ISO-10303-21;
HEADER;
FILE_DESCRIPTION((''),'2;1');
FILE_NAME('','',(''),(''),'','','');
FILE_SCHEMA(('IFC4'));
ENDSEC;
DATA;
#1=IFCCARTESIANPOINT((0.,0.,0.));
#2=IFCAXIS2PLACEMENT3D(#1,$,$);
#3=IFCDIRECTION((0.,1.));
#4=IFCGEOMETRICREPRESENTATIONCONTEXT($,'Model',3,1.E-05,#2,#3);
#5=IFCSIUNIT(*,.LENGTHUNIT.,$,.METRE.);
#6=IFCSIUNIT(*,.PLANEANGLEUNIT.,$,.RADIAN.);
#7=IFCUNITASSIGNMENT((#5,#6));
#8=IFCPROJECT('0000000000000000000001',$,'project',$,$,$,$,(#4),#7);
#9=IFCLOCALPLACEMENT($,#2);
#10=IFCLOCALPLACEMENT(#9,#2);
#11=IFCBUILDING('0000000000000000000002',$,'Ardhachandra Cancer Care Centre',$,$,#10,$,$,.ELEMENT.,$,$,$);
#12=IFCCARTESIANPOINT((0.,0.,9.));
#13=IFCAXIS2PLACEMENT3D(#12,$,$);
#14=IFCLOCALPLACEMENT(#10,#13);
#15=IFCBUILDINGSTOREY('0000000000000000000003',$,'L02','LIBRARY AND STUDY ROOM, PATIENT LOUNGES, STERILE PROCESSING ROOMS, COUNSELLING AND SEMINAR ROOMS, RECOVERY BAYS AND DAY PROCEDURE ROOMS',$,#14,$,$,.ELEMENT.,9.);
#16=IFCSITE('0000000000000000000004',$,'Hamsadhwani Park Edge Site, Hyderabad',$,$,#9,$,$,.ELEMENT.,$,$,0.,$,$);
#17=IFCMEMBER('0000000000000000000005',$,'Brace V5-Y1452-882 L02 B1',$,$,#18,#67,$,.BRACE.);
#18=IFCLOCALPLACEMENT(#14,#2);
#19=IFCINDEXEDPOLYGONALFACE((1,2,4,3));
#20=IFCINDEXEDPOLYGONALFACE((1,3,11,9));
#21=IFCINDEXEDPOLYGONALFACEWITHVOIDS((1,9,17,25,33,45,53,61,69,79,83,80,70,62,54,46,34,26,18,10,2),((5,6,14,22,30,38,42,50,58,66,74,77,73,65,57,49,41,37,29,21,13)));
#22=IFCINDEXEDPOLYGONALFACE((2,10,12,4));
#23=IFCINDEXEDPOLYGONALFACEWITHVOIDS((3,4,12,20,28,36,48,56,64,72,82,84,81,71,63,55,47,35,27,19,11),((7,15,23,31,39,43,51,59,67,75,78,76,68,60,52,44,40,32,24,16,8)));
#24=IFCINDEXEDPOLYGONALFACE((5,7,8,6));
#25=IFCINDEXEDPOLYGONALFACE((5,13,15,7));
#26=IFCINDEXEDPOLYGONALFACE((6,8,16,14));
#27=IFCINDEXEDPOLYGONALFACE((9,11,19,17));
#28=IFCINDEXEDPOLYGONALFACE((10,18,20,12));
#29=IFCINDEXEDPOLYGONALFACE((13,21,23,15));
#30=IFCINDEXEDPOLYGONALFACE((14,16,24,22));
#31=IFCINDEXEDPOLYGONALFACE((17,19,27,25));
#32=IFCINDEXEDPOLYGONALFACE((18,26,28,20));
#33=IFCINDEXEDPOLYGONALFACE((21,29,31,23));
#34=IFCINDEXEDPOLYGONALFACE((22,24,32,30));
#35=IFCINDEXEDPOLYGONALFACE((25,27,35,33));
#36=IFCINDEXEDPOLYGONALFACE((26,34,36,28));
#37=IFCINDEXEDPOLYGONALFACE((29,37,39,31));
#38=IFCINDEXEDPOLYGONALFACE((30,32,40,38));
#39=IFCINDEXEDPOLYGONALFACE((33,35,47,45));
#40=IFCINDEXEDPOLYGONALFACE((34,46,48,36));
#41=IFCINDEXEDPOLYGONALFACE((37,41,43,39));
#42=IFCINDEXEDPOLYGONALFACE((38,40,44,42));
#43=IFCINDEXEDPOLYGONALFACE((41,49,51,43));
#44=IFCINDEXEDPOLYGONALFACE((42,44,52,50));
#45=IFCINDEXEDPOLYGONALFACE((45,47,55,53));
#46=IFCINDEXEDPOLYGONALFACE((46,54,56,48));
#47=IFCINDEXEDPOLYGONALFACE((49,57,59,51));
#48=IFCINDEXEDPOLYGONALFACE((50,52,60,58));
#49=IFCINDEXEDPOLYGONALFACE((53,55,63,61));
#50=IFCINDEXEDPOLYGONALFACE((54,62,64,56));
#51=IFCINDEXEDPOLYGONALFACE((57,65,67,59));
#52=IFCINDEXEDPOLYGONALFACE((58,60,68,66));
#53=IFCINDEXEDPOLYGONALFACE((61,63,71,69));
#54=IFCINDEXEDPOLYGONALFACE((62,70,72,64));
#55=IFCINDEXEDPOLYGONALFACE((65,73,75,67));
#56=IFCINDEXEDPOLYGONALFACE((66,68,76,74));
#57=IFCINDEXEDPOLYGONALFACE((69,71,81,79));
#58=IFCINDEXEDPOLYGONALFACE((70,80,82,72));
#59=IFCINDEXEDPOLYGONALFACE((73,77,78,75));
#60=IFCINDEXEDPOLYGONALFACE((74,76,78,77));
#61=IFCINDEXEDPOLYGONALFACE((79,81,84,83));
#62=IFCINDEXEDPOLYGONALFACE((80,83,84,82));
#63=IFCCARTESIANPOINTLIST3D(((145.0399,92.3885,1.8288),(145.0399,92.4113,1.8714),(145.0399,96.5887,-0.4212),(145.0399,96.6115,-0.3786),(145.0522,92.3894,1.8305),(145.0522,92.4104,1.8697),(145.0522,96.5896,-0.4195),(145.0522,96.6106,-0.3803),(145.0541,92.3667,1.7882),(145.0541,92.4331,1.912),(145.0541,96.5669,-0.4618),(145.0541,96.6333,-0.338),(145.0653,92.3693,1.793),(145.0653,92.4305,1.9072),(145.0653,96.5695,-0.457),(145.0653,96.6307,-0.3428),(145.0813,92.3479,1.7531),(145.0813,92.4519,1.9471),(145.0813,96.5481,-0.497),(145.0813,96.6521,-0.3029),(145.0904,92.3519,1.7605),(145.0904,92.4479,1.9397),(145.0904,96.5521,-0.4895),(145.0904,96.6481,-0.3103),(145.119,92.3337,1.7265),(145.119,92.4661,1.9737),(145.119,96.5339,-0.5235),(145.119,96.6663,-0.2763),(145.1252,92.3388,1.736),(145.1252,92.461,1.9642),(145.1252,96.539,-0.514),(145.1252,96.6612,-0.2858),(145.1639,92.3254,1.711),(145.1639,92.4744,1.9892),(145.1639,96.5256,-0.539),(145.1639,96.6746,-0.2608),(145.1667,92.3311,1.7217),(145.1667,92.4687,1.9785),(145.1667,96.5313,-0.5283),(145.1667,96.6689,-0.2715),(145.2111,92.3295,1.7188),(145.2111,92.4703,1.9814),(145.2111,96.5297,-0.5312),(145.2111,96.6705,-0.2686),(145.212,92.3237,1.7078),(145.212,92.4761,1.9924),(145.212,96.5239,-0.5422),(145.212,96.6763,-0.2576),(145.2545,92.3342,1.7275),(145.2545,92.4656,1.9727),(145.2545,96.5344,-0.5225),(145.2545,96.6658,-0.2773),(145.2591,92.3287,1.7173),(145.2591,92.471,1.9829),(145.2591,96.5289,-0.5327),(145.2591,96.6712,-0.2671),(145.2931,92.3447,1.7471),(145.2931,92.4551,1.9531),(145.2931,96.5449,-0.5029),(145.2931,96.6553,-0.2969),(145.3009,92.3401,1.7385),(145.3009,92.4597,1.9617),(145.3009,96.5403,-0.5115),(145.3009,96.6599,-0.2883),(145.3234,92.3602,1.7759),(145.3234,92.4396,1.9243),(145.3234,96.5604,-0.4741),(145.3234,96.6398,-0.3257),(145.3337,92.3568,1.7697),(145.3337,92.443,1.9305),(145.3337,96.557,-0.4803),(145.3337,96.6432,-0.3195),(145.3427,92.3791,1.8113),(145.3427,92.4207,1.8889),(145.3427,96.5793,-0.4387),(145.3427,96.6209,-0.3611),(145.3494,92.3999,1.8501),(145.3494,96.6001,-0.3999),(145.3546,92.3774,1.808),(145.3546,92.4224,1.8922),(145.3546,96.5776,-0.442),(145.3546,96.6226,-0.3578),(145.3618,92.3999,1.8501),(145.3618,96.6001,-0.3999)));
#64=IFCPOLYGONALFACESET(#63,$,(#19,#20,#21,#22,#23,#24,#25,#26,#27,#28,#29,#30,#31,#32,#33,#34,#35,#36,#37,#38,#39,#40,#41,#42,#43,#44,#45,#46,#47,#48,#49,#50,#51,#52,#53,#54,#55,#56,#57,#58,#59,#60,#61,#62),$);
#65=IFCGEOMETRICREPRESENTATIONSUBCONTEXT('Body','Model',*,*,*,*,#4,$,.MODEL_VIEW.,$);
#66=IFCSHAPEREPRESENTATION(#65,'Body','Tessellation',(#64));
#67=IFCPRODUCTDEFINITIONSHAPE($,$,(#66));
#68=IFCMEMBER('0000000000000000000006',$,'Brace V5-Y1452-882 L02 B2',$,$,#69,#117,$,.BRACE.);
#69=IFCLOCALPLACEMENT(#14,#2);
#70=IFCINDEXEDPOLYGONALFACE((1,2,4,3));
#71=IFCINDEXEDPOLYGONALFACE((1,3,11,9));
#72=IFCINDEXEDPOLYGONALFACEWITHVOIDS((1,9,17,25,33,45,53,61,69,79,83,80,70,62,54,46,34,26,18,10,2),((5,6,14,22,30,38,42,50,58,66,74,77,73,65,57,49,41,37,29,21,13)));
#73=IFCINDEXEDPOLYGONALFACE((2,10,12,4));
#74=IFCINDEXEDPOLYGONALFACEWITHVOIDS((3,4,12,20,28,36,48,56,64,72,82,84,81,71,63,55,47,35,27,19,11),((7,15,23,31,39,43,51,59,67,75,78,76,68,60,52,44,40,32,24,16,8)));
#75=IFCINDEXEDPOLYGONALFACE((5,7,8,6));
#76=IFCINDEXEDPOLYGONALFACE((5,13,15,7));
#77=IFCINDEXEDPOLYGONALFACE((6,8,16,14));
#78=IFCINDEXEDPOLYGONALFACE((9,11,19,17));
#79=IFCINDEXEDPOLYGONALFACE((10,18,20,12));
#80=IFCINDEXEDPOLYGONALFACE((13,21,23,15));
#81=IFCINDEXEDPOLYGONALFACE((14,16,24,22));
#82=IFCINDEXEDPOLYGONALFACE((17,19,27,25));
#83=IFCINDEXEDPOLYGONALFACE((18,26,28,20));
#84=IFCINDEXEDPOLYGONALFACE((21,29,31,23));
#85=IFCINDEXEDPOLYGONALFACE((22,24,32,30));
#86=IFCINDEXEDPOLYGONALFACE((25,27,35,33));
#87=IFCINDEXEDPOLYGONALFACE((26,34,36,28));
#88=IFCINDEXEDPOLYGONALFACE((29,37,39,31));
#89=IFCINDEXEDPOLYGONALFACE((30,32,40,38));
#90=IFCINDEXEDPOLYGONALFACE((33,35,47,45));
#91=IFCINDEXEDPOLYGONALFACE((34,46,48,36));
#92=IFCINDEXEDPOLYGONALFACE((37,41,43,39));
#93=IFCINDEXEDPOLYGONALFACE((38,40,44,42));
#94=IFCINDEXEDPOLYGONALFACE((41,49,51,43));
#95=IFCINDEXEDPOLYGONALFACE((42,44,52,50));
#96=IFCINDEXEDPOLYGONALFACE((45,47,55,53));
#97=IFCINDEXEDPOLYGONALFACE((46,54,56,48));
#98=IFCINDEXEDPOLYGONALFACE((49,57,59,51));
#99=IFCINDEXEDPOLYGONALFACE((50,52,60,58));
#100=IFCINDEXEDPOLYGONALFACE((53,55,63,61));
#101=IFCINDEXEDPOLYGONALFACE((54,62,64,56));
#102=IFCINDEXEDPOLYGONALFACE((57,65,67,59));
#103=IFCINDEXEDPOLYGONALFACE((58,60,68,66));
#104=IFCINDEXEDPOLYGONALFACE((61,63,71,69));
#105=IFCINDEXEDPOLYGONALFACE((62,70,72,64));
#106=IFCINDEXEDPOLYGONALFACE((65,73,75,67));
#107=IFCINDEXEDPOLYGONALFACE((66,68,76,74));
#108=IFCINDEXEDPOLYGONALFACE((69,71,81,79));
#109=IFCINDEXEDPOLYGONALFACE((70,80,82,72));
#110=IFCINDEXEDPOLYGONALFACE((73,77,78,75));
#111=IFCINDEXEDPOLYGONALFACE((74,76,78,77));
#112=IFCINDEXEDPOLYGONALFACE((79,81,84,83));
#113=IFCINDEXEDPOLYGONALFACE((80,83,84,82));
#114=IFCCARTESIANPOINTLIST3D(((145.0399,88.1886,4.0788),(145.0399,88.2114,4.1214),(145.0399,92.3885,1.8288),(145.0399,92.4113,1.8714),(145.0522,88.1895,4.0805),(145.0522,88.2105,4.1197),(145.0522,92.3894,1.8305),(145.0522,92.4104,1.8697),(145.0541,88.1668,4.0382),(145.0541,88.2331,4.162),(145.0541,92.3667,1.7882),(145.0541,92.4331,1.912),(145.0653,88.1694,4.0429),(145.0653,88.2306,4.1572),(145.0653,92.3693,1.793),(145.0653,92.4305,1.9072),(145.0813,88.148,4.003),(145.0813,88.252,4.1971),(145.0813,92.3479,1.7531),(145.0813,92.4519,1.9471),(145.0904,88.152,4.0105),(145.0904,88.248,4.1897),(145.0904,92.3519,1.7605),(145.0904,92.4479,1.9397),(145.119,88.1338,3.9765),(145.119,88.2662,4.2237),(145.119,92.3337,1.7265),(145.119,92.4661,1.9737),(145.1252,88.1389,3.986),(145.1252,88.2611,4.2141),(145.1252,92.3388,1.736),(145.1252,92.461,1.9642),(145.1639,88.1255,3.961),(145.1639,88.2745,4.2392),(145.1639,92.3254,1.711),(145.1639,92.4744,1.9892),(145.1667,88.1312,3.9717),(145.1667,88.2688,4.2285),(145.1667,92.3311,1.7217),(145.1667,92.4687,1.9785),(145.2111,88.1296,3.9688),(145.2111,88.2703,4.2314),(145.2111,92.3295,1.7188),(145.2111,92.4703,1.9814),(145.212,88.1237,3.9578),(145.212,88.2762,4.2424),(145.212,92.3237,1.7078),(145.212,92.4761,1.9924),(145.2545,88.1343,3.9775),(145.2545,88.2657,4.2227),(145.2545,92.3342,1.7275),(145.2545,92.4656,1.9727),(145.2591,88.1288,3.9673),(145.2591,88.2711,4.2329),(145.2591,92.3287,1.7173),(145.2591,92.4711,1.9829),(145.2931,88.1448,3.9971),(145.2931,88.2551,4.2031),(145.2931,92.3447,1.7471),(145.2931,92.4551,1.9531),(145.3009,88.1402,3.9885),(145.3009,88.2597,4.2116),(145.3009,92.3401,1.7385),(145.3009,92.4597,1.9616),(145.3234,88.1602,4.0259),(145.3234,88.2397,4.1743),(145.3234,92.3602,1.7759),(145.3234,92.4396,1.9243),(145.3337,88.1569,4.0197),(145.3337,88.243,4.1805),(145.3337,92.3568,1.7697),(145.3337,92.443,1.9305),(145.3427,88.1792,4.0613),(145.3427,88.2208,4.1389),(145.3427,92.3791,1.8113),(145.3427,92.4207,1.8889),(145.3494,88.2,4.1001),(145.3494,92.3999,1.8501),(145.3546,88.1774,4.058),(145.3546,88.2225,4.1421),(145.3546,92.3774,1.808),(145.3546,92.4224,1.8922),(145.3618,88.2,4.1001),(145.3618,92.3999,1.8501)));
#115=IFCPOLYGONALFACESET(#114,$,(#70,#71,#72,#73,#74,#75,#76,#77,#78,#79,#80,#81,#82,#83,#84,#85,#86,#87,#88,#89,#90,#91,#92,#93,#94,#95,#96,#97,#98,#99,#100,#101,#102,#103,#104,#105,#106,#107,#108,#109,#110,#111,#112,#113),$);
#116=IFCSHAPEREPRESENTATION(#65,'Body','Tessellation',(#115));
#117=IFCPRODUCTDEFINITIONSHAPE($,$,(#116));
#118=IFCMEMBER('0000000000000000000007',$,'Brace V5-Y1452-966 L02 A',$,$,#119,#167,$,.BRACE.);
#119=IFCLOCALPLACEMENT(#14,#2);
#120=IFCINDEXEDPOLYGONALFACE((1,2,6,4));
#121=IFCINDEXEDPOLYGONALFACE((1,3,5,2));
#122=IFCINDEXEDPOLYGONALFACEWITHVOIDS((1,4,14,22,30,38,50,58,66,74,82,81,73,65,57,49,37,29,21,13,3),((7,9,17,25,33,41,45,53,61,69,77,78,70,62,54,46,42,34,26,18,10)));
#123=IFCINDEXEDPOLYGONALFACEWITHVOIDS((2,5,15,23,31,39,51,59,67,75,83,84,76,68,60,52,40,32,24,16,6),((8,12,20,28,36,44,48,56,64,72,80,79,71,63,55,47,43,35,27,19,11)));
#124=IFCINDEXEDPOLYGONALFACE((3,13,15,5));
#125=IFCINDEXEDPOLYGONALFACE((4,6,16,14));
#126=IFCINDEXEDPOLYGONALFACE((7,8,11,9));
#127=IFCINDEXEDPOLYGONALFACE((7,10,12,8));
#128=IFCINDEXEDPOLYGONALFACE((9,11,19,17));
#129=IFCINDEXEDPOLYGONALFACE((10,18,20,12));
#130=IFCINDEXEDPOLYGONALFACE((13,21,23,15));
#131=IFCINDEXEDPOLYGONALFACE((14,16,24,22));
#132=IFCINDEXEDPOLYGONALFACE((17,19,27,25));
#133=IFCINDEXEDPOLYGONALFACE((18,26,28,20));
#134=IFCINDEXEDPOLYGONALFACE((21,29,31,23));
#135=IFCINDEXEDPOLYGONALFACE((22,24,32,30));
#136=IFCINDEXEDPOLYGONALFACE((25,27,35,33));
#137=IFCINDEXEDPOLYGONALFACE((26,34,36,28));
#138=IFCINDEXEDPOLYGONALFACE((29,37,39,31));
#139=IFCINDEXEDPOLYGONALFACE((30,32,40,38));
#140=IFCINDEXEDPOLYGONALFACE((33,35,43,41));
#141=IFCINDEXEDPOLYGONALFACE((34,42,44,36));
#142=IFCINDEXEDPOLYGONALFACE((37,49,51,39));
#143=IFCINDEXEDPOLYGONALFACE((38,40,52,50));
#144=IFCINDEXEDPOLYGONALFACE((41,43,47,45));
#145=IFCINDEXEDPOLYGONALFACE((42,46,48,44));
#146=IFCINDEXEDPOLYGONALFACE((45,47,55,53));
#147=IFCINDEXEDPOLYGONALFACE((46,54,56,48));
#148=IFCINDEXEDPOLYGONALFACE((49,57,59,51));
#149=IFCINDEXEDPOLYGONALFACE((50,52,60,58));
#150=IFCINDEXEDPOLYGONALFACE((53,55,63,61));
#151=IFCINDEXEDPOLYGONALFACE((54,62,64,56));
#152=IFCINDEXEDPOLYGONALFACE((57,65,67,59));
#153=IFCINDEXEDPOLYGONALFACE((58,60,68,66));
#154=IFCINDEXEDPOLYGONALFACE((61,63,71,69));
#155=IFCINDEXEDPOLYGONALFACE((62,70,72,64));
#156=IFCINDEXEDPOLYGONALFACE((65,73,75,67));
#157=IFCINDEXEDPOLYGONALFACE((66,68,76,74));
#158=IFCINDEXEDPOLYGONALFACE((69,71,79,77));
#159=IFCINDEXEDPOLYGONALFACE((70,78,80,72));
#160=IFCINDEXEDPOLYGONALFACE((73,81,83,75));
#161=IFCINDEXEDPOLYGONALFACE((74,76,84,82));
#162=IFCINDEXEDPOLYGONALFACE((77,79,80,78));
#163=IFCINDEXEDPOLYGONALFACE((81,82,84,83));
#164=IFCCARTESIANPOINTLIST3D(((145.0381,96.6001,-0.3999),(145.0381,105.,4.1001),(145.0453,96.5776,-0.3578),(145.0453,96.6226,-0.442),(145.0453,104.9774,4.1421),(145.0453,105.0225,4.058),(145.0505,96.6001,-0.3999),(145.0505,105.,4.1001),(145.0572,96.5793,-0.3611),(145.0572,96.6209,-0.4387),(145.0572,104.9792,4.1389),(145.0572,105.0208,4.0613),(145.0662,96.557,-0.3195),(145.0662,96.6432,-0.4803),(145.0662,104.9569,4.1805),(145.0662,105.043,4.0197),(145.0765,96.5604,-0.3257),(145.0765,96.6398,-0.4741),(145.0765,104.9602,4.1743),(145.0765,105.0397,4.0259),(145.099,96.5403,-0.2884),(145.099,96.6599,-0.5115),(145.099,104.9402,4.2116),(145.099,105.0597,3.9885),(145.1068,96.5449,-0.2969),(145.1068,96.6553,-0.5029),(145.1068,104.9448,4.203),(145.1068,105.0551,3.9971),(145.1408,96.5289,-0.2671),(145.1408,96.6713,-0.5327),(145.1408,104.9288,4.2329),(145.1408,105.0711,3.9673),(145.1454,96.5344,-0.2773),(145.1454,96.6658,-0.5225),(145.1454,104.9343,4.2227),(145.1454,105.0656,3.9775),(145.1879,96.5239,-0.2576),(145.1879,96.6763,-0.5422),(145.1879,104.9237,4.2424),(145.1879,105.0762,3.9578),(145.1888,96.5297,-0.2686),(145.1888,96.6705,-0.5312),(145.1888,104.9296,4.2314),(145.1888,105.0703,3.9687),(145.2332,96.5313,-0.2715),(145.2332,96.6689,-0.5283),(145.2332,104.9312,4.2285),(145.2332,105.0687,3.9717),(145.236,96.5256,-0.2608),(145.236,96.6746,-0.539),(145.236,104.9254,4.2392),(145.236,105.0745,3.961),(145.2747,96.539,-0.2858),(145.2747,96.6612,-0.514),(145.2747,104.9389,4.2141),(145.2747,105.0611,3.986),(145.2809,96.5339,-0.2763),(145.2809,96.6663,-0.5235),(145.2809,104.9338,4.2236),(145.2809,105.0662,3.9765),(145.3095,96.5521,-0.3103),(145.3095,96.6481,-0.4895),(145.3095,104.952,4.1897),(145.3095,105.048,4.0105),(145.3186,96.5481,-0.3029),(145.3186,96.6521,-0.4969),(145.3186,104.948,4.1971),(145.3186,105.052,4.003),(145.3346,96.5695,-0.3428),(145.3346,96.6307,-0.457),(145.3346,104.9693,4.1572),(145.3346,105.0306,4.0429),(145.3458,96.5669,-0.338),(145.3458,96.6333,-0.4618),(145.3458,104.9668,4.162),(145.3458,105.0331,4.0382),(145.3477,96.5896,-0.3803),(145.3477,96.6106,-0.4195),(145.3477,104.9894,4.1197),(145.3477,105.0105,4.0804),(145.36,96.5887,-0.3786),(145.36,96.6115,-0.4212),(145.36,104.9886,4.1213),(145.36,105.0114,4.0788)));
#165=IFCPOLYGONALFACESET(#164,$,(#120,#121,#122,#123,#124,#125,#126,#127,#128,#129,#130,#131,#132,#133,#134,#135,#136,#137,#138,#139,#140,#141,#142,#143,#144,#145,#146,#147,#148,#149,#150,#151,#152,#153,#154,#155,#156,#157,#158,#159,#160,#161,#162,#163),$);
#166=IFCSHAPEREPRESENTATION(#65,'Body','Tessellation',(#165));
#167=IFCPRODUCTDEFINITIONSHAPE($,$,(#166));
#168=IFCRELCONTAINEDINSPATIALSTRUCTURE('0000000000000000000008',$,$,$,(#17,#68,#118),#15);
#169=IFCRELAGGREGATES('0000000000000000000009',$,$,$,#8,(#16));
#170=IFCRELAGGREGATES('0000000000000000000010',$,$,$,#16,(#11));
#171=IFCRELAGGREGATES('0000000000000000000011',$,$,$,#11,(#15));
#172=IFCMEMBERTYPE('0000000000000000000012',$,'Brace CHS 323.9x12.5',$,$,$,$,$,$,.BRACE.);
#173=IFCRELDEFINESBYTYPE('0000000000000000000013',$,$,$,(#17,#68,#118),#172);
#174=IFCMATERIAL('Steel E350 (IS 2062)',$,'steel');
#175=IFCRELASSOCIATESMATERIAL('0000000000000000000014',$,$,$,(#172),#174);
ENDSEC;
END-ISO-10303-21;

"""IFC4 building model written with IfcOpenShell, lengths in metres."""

from ifc_helpers import new_model, si_unit, direction, frame, origin, origin_2d, place, context, subcontext, project, spatial, hollow_circle, extrude, material, material_profile, profile_set, type_object, element, save


model = new_model("IFC4")

# Units and contexts
model_context = context("Model", 3, precision=1e-05, world=origin(), true_north=direction((0.0, 1.0)))
body_context = subcontext(model_context, "Body", "Model", "MODEL_VIEW")
ifc_project = project(units=[si_unit("LENGTHUNIT", "METRE"), si_unit("PLANEANGLEUNIT", "RADIAN")], contexts=[model_context])

# Site, building, storey
site_placement = place(None, origin())
site = spatial("IfcSite", under=ifc_project, at=site_placement, Name="Hamsadhwani Park Edge Site, Hyderabad", CompositionType="ELEMENT", RefElevation=0.0)
building_placement = place(site_placement, origin())
building = spatial("IfcBuilding", under=site, at=building_placement, Name="Ardhachandra Cancer Care Centre", CompositionType="ELEMENT")
storey_placement = place(building_placement, frame((0.0, 0.0, 9.0)))
storey = spatial("IfcBuildingStorey", under=building, at=storey_placement, Name="L02", Description="LIBRARY AND STUDY ROOM, PATIENT LOUNGES, STERILE PROCESSING ROOMS, COUNSELLING AND SEMINAR ROOMS, RECOVERY BAYS AND DAY PROCEDURE ROOMS", CompositionType="ELEMENT", Elevation=9.0)

# Members
ifc_material_1 = material(Name="Steel E350 (IS 2062)", Category="steel")
ifc_material_profile_1 = material_profile(ifc_material_1, hollow_circle(Radius=0.1619, WallThickness=0.0125, at=origin_2d()), Name="CHS 323.9x12.5")
ifc_profile_set_1 = profile_set([ifc_material_profile_1], Name="Steel E350 (IS 2062)")
member_type = type_object("IfcMemberType", Name="Brace CHS 323.9x12.5", PredefinedType="BRACE", material=ifc_profile_set_1)
member_1_placement = place(storey_placement, frame((145.2, 96.6001, -0.3999), z_axis=(0.0, -0.881489, 0.472204), x_axis=(1.0, 0.0, 0.0)))
element("IfcMember", 1, at=member_1_placement, inside=storey, type_object=member_type, Name="Brace V5-Y1452-882 L02 B1", PredefinedType="BRACE", context=body_context, shape_type="SweptSolid", body=[
    extrude(hollow_circle(Radius=0.1619, WallThickness=0.0125, at=origin_2d()), origin(), (0.0, 0.0, 1.0), 4.7649),
])
member_2_placement = place(storey_placement, frame((145.2, 92.3999, 1.8501), z_axis=(0.0, -0.881478, 0.472226), x_axis=(1.0, 0.0, 0.0)))
element("IfcMember", 2, at=member_2_placement, inside=storey, type_object=member_type, Name="Brace V5-Y1452-882 L02 B2", PredefinedType="BRACE", context=body_context, shape_type="SweptSolid", body=[
    extrude(hollow_circle(Radius=0.1619, WallThickness=0.0125, at=origin_2d()), origin(), (0.0, 0.0, 1.0), 4.7646),
])
member_3_placement = place(storey_placement, frame((145.2, 96.6001, -0.3999), z_axis=(0.0, 0.881478, 0.472226), x_axis=(-1.0, 0.0, 0.0)))
element("IfcMember", 3, at=member_3_placement, inside=storey, type_object=member_type, Name="Brace V5-Y1452-966 L02 A", PredefinedType="BRACE", context=body_context, shape_type="SweptSolid", body=[
    extrude(hollow_circle(Radius=0.1619, WallThickness=0.0125, at=origin_2d()), origin(), (0.0, 0.0, 1.0), 9.5293),
])

save(model, "model.ifc")
